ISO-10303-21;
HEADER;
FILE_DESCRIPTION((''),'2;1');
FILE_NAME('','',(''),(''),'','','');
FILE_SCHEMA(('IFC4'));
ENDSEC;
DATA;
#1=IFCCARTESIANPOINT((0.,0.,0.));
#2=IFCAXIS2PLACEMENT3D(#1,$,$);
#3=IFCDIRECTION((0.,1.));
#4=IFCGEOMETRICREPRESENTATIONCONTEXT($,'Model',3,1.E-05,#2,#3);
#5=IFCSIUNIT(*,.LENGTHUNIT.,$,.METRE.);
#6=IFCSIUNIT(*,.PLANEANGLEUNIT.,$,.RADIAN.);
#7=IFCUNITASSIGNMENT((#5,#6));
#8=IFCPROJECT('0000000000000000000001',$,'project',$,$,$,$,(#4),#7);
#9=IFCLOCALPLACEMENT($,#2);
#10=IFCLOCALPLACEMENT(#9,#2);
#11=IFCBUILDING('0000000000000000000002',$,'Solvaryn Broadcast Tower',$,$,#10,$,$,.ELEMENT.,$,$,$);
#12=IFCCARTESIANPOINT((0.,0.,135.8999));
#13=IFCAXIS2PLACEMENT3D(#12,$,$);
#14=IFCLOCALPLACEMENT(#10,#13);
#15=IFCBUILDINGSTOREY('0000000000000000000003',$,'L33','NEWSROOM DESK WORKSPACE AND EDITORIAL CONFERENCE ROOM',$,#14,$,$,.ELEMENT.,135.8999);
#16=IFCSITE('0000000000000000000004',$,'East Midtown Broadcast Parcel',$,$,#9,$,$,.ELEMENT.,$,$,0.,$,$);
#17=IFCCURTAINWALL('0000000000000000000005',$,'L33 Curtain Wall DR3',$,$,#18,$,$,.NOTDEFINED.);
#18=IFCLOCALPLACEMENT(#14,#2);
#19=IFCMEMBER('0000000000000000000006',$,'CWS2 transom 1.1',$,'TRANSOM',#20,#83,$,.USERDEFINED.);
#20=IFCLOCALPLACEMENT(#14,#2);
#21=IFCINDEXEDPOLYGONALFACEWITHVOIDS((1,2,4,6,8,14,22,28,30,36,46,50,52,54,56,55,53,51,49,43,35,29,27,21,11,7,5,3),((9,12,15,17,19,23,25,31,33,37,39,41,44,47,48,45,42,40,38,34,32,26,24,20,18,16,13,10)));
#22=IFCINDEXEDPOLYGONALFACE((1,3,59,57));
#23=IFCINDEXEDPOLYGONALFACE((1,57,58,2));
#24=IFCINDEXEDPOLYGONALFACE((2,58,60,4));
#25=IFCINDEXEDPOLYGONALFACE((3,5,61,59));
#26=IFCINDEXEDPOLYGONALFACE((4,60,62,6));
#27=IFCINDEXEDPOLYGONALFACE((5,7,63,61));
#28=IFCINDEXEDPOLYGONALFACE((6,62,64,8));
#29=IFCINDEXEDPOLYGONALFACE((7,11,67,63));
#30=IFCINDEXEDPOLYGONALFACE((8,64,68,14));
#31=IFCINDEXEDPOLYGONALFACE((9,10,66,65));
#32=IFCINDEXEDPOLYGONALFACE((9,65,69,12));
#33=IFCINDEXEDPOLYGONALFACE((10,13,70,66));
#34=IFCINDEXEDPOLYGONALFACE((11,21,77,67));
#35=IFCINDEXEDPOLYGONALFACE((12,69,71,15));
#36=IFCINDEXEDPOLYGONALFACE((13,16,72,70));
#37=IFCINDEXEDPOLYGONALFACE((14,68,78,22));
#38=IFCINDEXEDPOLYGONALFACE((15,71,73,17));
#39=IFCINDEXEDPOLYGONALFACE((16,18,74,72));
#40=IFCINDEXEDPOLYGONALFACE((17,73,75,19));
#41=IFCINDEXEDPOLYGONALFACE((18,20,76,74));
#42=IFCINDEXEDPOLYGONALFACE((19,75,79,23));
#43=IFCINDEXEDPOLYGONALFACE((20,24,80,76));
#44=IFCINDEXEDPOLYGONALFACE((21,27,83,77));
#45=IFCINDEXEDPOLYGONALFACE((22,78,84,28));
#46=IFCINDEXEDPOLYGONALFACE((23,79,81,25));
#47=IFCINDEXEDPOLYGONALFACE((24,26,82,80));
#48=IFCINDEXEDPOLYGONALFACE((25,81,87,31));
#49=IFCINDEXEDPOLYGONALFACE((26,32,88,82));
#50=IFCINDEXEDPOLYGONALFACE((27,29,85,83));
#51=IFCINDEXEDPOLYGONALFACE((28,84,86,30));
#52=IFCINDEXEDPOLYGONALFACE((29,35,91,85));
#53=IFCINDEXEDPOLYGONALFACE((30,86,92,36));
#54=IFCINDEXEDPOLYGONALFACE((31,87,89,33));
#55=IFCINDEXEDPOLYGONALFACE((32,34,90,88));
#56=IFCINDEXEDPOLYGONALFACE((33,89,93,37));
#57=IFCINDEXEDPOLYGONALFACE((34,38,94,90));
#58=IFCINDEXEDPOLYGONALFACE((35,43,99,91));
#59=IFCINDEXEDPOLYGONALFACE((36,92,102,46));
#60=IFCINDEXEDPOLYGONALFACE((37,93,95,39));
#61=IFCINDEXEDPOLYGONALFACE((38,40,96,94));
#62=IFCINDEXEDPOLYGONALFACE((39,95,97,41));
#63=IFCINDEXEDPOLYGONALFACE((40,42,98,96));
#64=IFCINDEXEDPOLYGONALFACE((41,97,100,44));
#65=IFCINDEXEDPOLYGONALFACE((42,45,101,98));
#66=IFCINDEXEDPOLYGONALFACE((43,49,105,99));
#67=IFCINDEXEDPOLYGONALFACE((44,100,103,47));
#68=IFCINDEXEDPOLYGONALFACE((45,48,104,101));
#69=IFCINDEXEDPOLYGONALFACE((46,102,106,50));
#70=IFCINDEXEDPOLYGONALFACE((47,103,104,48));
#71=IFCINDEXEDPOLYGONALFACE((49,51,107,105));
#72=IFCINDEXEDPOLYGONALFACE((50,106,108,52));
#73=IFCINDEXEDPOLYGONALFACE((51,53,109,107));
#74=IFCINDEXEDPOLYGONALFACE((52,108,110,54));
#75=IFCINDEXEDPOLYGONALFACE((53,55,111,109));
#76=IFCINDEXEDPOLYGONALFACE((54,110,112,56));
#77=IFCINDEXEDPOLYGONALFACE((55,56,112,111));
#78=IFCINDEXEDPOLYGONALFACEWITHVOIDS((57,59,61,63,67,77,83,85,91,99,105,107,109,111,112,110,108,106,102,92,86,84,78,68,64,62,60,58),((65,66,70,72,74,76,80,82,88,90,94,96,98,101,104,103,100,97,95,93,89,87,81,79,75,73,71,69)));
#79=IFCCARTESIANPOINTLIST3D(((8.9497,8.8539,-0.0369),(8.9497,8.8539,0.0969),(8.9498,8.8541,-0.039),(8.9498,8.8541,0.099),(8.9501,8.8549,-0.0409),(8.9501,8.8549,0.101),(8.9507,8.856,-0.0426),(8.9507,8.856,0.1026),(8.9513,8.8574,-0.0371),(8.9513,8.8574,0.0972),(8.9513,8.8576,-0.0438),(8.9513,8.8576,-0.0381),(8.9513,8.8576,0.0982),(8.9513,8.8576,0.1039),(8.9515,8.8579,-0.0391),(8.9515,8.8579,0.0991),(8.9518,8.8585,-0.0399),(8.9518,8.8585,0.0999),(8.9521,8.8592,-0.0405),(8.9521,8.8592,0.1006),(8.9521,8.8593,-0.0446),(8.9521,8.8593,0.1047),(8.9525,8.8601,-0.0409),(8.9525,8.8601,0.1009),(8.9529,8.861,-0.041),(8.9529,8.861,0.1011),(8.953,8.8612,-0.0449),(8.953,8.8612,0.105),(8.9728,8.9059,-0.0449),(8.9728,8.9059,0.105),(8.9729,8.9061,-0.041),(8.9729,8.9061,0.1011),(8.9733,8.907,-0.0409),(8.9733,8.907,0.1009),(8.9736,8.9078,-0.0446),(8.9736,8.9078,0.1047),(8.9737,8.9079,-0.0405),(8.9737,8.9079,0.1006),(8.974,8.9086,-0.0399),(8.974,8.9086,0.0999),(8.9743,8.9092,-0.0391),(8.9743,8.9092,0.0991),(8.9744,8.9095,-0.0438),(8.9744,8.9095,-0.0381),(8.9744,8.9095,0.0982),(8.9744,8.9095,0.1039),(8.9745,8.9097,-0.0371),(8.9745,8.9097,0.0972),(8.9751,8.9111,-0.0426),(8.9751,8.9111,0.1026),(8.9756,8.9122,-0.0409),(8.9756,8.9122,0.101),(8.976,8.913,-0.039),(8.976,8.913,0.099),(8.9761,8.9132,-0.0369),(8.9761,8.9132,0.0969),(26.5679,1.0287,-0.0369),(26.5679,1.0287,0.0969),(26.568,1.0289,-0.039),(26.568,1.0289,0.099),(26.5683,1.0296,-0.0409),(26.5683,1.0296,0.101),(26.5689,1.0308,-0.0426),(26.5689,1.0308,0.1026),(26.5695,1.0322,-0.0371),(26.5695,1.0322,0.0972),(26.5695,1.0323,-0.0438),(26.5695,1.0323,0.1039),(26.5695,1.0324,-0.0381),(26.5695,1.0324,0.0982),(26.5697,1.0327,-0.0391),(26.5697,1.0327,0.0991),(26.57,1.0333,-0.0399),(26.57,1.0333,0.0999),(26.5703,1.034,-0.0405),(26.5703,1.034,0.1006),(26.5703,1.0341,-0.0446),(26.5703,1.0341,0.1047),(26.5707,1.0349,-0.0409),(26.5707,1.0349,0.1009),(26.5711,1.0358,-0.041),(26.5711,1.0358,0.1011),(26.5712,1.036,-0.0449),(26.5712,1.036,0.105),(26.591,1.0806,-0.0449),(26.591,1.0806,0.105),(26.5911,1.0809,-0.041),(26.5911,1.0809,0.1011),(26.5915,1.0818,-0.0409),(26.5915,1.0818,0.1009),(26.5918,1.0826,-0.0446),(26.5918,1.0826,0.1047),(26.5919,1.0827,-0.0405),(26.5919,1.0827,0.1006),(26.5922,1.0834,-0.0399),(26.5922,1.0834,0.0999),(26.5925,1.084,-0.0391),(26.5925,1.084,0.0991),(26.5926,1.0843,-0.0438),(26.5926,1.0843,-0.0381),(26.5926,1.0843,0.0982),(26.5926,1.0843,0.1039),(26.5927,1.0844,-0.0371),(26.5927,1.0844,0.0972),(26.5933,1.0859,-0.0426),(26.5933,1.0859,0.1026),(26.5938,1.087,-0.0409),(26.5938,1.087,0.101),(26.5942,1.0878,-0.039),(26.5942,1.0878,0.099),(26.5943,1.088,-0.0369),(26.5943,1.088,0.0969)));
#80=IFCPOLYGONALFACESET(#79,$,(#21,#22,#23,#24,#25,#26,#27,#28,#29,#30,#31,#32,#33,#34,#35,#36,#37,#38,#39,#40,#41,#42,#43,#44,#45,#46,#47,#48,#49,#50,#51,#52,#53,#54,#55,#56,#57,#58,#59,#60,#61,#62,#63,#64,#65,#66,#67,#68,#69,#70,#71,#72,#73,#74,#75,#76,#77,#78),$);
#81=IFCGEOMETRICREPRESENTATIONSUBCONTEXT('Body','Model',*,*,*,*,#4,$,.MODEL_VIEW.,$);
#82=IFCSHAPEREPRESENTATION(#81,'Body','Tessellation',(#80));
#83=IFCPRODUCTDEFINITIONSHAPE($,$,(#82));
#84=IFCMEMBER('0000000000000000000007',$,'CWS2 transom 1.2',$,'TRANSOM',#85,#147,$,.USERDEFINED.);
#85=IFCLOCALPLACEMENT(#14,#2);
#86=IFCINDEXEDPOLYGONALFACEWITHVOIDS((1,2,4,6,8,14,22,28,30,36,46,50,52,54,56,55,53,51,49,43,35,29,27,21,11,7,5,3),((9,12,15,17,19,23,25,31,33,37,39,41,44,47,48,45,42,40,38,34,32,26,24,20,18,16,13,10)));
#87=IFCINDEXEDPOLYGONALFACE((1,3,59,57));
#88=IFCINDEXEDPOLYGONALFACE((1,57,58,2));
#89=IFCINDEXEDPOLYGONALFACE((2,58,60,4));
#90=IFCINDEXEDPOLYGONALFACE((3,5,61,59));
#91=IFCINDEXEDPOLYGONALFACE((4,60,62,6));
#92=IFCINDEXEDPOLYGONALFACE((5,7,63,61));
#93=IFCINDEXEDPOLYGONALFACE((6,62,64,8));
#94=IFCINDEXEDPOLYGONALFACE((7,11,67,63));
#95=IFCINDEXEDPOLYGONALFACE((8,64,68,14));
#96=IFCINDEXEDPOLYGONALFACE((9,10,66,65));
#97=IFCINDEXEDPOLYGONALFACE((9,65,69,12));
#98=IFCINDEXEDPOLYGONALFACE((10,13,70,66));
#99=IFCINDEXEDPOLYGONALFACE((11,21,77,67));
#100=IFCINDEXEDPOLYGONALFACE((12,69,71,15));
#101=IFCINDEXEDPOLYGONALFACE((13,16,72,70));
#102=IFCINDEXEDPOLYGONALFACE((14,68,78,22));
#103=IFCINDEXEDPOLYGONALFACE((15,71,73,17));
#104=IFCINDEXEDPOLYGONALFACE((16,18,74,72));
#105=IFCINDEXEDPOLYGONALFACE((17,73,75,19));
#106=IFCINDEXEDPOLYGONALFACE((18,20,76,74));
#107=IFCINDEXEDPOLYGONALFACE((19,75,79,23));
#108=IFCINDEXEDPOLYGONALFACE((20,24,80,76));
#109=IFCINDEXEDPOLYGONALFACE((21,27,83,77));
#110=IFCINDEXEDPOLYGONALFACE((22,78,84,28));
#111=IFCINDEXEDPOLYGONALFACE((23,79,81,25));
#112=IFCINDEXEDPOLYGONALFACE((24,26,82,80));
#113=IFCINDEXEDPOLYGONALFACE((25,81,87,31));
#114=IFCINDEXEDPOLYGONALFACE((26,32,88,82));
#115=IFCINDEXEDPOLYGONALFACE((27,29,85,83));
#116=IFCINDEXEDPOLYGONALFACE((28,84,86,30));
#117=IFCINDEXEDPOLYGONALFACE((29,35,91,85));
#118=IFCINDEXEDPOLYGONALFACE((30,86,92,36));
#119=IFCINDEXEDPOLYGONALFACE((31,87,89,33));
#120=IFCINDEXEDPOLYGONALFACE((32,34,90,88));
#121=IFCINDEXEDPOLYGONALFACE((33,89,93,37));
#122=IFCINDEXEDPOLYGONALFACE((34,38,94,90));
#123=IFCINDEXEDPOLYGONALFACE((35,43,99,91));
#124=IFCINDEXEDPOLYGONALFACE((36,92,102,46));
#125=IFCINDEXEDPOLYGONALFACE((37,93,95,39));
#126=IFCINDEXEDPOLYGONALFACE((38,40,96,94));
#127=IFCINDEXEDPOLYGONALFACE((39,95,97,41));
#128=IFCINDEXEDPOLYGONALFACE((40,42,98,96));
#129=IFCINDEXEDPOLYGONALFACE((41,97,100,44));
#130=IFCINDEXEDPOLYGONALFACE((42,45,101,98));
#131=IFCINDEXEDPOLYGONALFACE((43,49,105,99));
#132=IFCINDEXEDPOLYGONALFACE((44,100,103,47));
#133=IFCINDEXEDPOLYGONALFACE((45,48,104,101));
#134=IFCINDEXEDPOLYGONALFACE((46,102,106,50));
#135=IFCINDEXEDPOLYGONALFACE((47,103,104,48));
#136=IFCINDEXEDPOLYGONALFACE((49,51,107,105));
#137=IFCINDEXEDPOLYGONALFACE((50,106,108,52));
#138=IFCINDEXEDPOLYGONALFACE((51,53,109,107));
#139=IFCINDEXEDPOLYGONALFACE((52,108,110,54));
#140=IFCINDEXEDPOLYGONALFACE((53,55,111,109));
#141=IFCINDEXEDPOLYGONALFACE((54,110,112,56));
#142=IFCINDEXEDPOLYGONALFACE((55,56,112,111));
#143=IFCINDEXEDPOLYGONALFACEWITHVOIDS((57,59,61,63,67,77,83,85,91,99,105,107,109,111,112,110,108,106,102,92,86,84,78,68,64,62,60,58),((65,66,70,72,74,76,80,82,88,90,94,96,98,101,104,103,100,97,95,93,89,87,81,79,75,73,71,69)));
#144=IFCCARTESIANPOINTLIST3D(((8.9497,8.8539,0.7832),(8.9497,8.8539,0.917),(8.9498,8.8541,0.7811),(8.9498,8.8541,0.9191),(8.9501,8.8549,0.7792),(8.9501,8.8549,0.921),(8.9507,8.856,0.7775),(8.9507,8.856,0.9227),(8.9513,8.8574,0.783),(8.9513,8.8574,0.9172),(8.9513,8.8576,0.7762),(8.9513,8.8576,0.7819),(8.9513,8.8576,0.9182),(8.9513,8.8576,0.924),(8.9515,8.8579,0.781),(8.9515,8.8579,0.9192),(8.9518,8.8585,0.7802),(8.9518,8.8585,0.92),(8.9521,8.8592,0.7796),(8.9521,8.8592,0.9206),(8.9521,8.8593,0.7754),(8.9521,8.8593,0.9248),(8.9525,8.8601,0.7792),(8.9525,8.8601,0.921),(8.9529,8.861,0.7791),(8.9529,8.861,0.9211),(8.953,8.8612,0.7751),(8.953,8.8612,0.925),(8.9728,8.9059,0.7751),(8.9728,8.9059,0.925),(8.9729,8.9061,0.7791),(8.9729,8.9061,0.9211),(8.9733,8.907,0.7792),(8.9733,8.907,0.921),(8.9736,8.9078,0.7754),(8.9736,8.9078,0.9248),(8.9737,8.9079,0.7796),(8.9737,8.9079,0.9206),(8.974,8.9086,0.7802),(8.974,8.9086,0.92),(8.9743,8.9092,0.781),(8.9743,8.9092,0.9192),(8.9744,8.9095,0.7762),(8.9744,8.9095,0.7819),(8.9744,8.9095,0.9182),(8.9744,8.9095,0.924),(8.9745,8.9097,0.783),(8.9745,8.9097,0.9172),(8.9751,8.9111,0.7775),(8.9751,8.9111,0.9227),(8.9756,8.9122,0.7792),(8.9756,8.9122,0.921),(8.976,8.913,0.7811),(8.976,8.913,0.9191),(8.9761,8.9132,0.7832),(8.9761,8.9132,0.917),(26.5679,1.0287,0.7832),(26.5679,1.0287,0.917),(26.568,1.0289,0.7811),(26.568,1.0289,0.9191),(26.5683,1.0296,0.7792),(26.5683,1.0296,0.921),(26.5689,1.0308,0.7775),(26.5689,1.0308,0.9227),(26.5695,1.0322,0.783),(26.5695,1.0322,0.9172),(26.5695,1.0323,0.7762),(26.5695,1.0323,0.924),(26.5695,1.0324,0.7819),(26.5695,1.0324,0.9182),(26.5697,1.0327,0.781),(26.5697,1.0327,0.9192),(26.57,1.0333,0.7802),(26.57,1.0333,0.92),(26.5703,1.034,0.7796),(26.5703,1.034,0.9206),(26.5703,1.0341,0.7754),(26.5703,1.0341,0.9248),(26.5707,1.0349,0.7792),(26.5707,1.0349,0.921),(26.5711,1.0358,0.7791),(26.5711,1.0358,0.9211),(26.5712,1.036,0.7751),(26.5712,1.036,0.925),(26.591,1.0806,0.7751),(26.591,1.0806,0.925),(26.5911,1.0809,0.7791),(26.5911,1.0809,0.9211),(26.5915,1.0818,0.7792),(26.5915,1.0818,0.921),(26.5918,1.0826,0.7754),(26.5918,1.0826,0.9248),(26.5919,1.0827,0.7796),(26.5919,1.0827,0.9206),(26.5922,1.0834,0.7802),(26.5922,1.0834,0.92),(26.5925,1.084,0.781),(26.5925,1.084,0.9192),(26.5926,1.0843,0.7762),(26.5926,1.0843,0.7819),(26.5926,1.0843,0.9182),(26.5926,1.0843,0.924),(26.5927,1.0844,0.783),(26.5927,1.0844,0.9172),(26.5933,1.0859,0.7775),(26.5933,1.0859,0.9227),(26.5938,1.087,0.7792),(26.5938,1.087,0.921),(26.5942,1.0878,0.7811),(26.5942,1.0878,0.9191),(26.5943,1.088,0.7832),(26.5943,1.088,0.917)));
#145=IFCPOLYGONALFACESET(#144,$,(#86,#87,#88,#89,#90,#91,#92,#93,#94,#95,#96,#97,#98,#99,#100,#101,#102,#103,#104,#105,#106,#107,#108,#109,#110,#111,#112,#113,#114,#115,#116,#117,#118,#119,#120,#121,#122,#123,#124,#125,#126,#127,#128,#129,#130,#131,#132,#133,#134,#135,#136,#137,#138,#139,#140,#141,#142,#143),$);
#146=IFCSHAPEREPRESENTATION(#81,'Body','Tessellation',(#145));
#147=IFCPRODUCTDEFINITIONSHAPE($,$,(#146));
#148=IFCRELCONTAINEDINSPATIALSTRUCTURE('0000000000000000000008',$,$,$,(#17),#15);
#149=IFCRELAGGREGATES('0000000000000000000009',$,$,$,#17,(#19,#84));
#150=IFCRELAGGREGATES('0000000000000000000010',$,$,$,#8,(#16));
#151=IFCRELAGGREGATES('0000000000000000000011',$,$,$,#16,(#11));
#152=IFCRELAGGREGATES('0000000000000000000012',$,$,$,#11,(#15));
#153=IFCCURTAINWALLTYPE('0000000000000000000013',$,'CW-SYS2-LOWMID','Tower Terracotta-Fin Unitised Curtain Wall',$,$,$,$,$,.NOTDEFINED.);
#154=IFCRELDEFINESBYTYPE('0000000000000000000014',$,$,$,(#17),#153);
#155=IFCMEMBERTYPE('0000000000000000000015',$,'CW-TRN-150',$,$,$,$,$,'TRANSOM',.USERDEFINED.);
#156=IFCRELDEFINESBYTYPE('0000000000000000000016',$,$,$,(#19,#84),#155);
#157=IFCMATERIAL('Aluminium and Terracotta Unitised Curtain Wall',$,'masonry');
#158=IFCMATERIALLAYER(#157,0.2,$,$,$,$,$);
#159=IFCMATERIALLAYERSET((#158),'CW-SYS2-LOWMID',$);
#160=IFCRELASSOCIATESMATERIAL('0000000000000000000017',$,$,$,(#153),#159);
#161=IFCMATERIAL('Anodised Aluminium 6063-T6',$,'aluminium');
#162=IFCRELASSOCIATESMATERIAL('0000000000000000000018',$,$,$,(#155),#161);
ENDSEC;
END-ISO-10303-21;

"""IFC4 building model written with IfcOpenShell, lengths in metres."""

from ifc_helpers import new_model, si_unit, direction, frame, origin, origin_2d, place, context, subcontext, project, spatial, hollow_rectangle, extrude, material, layer, layer_set, material_profile, profile_set, type_object, element, aggregate, save


model = new_model("IFC4")

# Units and contexts
model_context = context("Model", 3, precision=1e-05, world=origin(), true_north=direction((0.0, 1.0)))
body_context = subcontext(model_context, "Body", "Model", "MODEL_VIEW")
ifc_project = project(units=[si_unit("LENGTHUNIT", "METRE"), si_unit("PLANEANGLEUNIT", "RADIAN")], contexts=[model_context])

# Site, building, storey
site_placement = place(None, origin())
site = spatial("IfcSite", under=ifc_project, at=site_placement, Name="East Midtown Broadcast Parcel", CompositionType="ELEMENT", RefElevation=0.0)
building_placement = place(site_placement, origin())
building = spatial("IfcBuilding", under=site, at=building_placement, Name="Solvaryn Broadcast Tower", CompositionType="ELEMENT")
storey_placement = place(building_placement, frame((0.0, 0.0, 135.8999)))
storey = spatial("IfcBuildingStorey", under=building, at=storey_placement, Name="L33", Description="NEWSROOM DESK WORKSPACE AND EDITORIAL CONFERENCE ROOM", CompositionType="ELEMENT", Elevation=135.8999)

# Shared definitions
ifc_material_1 = material(Name="Aluminium and Terracotta Unitised Curtain Wall", Category="masonry")
ifc_layer_1 = layer(ifc_material_1, 0.2)
ifc_layer_set_1 = layer_set([ifc_layer_1], Name="CW-SYS2-LOWMID")
curtain_wall_type = type_object("IfcCurtainWallType", Name="CW-SYS2-LOWMID", Description="Tower Terracotta-Fin Unitised Curtain Wall", PredefinedType="NOTDEFINED", material=ifc_layer_set_1)

# Curtain wall, members
curtain_wall_1_placement = place(storey_placement, origin())
curtain_wall_1 = element("IfcCurtainWall", 1, at=curtain_wall_1_placement, inside=storey, type_object=curtain_wall_type, Name="L33 Curtain Wall DR3", PredefinedType="NOTDEFINED")
ifc_material_2 = material(Name="Anodised Aluminium 6063-T6", Category="aluminium")
ifc_material_profile_1 = material_profile(ifc_material_2, hollow_rectangle(XDim=0.0649, YDim=0.1499, WallThickness=0.0039, InnerFilletRadius=0.0039, OuterFilletRadius=0.0081, at=origin_2d()))
ifc_profile_set_1 = profile_set([ifc_material_profile_1], Name="Anodised Aluminium 6063-T6")
member_type_1 = type_object("IfcMemberType", Name="CW-TRN-150", ElementType="TRANSOM", PredefinedType="USERDEFINED", material=ifc_profile_set_1)
member_1_placement = place(storey_placement, frame((8.9629, 8.8835, 0.03), z_axis=(0.91391, -0.405918, 0.0), x_axis=(0.405918, 0.91391, 0.0)))
member_1 = element("IfcMember", 2, at=member_1_placement, type_object=member_type_1, Name="CWS2 transom 1.1", ObjectType="TRANSOM", PredefinedType="USERDEFINED", context=body_context, shape_type="SweptSolid", body=[
    extrude(hollow_rectangle(XDim=0.0649, YDim=0.1499, WallThickness=0.0039, InnerFilletRadius=0.0039, OuterFilletRadius=0.0081, at=origin_2d()), origin(), (0.0, 0.0, 1.0), 19.2778),
])
member_2_placement = place(storey_placement, frame((8.9629, 8.8835, 0.8501), z_axis=(0.91391, -0.405918, 0.0), x_axis=(0.405918, 0.91391, 0.0)))
member_2 = element("IfcMember", 3, at=member_2_placement, type_object=member_type_1, Name="CWS2 transom 1.2", ObjectType="TRANSOM", PredefinedType="USERDEFINED", context=body_context, shape_type="SweptSolid", body=[
    extrude(hollow_rectangle(XDim=0.0649, YDim=0.1499, WallThickness=0.0039, InnerFilletRadius=0.0039, OuterFilletRadius=0.0081, at=origin_2d()), origin(), (0.0, 0.0, 1.0), 19.2778),
])
aggregate(curtain_wall_1, [member_1, member_2])

save(model, "model.ifc")
